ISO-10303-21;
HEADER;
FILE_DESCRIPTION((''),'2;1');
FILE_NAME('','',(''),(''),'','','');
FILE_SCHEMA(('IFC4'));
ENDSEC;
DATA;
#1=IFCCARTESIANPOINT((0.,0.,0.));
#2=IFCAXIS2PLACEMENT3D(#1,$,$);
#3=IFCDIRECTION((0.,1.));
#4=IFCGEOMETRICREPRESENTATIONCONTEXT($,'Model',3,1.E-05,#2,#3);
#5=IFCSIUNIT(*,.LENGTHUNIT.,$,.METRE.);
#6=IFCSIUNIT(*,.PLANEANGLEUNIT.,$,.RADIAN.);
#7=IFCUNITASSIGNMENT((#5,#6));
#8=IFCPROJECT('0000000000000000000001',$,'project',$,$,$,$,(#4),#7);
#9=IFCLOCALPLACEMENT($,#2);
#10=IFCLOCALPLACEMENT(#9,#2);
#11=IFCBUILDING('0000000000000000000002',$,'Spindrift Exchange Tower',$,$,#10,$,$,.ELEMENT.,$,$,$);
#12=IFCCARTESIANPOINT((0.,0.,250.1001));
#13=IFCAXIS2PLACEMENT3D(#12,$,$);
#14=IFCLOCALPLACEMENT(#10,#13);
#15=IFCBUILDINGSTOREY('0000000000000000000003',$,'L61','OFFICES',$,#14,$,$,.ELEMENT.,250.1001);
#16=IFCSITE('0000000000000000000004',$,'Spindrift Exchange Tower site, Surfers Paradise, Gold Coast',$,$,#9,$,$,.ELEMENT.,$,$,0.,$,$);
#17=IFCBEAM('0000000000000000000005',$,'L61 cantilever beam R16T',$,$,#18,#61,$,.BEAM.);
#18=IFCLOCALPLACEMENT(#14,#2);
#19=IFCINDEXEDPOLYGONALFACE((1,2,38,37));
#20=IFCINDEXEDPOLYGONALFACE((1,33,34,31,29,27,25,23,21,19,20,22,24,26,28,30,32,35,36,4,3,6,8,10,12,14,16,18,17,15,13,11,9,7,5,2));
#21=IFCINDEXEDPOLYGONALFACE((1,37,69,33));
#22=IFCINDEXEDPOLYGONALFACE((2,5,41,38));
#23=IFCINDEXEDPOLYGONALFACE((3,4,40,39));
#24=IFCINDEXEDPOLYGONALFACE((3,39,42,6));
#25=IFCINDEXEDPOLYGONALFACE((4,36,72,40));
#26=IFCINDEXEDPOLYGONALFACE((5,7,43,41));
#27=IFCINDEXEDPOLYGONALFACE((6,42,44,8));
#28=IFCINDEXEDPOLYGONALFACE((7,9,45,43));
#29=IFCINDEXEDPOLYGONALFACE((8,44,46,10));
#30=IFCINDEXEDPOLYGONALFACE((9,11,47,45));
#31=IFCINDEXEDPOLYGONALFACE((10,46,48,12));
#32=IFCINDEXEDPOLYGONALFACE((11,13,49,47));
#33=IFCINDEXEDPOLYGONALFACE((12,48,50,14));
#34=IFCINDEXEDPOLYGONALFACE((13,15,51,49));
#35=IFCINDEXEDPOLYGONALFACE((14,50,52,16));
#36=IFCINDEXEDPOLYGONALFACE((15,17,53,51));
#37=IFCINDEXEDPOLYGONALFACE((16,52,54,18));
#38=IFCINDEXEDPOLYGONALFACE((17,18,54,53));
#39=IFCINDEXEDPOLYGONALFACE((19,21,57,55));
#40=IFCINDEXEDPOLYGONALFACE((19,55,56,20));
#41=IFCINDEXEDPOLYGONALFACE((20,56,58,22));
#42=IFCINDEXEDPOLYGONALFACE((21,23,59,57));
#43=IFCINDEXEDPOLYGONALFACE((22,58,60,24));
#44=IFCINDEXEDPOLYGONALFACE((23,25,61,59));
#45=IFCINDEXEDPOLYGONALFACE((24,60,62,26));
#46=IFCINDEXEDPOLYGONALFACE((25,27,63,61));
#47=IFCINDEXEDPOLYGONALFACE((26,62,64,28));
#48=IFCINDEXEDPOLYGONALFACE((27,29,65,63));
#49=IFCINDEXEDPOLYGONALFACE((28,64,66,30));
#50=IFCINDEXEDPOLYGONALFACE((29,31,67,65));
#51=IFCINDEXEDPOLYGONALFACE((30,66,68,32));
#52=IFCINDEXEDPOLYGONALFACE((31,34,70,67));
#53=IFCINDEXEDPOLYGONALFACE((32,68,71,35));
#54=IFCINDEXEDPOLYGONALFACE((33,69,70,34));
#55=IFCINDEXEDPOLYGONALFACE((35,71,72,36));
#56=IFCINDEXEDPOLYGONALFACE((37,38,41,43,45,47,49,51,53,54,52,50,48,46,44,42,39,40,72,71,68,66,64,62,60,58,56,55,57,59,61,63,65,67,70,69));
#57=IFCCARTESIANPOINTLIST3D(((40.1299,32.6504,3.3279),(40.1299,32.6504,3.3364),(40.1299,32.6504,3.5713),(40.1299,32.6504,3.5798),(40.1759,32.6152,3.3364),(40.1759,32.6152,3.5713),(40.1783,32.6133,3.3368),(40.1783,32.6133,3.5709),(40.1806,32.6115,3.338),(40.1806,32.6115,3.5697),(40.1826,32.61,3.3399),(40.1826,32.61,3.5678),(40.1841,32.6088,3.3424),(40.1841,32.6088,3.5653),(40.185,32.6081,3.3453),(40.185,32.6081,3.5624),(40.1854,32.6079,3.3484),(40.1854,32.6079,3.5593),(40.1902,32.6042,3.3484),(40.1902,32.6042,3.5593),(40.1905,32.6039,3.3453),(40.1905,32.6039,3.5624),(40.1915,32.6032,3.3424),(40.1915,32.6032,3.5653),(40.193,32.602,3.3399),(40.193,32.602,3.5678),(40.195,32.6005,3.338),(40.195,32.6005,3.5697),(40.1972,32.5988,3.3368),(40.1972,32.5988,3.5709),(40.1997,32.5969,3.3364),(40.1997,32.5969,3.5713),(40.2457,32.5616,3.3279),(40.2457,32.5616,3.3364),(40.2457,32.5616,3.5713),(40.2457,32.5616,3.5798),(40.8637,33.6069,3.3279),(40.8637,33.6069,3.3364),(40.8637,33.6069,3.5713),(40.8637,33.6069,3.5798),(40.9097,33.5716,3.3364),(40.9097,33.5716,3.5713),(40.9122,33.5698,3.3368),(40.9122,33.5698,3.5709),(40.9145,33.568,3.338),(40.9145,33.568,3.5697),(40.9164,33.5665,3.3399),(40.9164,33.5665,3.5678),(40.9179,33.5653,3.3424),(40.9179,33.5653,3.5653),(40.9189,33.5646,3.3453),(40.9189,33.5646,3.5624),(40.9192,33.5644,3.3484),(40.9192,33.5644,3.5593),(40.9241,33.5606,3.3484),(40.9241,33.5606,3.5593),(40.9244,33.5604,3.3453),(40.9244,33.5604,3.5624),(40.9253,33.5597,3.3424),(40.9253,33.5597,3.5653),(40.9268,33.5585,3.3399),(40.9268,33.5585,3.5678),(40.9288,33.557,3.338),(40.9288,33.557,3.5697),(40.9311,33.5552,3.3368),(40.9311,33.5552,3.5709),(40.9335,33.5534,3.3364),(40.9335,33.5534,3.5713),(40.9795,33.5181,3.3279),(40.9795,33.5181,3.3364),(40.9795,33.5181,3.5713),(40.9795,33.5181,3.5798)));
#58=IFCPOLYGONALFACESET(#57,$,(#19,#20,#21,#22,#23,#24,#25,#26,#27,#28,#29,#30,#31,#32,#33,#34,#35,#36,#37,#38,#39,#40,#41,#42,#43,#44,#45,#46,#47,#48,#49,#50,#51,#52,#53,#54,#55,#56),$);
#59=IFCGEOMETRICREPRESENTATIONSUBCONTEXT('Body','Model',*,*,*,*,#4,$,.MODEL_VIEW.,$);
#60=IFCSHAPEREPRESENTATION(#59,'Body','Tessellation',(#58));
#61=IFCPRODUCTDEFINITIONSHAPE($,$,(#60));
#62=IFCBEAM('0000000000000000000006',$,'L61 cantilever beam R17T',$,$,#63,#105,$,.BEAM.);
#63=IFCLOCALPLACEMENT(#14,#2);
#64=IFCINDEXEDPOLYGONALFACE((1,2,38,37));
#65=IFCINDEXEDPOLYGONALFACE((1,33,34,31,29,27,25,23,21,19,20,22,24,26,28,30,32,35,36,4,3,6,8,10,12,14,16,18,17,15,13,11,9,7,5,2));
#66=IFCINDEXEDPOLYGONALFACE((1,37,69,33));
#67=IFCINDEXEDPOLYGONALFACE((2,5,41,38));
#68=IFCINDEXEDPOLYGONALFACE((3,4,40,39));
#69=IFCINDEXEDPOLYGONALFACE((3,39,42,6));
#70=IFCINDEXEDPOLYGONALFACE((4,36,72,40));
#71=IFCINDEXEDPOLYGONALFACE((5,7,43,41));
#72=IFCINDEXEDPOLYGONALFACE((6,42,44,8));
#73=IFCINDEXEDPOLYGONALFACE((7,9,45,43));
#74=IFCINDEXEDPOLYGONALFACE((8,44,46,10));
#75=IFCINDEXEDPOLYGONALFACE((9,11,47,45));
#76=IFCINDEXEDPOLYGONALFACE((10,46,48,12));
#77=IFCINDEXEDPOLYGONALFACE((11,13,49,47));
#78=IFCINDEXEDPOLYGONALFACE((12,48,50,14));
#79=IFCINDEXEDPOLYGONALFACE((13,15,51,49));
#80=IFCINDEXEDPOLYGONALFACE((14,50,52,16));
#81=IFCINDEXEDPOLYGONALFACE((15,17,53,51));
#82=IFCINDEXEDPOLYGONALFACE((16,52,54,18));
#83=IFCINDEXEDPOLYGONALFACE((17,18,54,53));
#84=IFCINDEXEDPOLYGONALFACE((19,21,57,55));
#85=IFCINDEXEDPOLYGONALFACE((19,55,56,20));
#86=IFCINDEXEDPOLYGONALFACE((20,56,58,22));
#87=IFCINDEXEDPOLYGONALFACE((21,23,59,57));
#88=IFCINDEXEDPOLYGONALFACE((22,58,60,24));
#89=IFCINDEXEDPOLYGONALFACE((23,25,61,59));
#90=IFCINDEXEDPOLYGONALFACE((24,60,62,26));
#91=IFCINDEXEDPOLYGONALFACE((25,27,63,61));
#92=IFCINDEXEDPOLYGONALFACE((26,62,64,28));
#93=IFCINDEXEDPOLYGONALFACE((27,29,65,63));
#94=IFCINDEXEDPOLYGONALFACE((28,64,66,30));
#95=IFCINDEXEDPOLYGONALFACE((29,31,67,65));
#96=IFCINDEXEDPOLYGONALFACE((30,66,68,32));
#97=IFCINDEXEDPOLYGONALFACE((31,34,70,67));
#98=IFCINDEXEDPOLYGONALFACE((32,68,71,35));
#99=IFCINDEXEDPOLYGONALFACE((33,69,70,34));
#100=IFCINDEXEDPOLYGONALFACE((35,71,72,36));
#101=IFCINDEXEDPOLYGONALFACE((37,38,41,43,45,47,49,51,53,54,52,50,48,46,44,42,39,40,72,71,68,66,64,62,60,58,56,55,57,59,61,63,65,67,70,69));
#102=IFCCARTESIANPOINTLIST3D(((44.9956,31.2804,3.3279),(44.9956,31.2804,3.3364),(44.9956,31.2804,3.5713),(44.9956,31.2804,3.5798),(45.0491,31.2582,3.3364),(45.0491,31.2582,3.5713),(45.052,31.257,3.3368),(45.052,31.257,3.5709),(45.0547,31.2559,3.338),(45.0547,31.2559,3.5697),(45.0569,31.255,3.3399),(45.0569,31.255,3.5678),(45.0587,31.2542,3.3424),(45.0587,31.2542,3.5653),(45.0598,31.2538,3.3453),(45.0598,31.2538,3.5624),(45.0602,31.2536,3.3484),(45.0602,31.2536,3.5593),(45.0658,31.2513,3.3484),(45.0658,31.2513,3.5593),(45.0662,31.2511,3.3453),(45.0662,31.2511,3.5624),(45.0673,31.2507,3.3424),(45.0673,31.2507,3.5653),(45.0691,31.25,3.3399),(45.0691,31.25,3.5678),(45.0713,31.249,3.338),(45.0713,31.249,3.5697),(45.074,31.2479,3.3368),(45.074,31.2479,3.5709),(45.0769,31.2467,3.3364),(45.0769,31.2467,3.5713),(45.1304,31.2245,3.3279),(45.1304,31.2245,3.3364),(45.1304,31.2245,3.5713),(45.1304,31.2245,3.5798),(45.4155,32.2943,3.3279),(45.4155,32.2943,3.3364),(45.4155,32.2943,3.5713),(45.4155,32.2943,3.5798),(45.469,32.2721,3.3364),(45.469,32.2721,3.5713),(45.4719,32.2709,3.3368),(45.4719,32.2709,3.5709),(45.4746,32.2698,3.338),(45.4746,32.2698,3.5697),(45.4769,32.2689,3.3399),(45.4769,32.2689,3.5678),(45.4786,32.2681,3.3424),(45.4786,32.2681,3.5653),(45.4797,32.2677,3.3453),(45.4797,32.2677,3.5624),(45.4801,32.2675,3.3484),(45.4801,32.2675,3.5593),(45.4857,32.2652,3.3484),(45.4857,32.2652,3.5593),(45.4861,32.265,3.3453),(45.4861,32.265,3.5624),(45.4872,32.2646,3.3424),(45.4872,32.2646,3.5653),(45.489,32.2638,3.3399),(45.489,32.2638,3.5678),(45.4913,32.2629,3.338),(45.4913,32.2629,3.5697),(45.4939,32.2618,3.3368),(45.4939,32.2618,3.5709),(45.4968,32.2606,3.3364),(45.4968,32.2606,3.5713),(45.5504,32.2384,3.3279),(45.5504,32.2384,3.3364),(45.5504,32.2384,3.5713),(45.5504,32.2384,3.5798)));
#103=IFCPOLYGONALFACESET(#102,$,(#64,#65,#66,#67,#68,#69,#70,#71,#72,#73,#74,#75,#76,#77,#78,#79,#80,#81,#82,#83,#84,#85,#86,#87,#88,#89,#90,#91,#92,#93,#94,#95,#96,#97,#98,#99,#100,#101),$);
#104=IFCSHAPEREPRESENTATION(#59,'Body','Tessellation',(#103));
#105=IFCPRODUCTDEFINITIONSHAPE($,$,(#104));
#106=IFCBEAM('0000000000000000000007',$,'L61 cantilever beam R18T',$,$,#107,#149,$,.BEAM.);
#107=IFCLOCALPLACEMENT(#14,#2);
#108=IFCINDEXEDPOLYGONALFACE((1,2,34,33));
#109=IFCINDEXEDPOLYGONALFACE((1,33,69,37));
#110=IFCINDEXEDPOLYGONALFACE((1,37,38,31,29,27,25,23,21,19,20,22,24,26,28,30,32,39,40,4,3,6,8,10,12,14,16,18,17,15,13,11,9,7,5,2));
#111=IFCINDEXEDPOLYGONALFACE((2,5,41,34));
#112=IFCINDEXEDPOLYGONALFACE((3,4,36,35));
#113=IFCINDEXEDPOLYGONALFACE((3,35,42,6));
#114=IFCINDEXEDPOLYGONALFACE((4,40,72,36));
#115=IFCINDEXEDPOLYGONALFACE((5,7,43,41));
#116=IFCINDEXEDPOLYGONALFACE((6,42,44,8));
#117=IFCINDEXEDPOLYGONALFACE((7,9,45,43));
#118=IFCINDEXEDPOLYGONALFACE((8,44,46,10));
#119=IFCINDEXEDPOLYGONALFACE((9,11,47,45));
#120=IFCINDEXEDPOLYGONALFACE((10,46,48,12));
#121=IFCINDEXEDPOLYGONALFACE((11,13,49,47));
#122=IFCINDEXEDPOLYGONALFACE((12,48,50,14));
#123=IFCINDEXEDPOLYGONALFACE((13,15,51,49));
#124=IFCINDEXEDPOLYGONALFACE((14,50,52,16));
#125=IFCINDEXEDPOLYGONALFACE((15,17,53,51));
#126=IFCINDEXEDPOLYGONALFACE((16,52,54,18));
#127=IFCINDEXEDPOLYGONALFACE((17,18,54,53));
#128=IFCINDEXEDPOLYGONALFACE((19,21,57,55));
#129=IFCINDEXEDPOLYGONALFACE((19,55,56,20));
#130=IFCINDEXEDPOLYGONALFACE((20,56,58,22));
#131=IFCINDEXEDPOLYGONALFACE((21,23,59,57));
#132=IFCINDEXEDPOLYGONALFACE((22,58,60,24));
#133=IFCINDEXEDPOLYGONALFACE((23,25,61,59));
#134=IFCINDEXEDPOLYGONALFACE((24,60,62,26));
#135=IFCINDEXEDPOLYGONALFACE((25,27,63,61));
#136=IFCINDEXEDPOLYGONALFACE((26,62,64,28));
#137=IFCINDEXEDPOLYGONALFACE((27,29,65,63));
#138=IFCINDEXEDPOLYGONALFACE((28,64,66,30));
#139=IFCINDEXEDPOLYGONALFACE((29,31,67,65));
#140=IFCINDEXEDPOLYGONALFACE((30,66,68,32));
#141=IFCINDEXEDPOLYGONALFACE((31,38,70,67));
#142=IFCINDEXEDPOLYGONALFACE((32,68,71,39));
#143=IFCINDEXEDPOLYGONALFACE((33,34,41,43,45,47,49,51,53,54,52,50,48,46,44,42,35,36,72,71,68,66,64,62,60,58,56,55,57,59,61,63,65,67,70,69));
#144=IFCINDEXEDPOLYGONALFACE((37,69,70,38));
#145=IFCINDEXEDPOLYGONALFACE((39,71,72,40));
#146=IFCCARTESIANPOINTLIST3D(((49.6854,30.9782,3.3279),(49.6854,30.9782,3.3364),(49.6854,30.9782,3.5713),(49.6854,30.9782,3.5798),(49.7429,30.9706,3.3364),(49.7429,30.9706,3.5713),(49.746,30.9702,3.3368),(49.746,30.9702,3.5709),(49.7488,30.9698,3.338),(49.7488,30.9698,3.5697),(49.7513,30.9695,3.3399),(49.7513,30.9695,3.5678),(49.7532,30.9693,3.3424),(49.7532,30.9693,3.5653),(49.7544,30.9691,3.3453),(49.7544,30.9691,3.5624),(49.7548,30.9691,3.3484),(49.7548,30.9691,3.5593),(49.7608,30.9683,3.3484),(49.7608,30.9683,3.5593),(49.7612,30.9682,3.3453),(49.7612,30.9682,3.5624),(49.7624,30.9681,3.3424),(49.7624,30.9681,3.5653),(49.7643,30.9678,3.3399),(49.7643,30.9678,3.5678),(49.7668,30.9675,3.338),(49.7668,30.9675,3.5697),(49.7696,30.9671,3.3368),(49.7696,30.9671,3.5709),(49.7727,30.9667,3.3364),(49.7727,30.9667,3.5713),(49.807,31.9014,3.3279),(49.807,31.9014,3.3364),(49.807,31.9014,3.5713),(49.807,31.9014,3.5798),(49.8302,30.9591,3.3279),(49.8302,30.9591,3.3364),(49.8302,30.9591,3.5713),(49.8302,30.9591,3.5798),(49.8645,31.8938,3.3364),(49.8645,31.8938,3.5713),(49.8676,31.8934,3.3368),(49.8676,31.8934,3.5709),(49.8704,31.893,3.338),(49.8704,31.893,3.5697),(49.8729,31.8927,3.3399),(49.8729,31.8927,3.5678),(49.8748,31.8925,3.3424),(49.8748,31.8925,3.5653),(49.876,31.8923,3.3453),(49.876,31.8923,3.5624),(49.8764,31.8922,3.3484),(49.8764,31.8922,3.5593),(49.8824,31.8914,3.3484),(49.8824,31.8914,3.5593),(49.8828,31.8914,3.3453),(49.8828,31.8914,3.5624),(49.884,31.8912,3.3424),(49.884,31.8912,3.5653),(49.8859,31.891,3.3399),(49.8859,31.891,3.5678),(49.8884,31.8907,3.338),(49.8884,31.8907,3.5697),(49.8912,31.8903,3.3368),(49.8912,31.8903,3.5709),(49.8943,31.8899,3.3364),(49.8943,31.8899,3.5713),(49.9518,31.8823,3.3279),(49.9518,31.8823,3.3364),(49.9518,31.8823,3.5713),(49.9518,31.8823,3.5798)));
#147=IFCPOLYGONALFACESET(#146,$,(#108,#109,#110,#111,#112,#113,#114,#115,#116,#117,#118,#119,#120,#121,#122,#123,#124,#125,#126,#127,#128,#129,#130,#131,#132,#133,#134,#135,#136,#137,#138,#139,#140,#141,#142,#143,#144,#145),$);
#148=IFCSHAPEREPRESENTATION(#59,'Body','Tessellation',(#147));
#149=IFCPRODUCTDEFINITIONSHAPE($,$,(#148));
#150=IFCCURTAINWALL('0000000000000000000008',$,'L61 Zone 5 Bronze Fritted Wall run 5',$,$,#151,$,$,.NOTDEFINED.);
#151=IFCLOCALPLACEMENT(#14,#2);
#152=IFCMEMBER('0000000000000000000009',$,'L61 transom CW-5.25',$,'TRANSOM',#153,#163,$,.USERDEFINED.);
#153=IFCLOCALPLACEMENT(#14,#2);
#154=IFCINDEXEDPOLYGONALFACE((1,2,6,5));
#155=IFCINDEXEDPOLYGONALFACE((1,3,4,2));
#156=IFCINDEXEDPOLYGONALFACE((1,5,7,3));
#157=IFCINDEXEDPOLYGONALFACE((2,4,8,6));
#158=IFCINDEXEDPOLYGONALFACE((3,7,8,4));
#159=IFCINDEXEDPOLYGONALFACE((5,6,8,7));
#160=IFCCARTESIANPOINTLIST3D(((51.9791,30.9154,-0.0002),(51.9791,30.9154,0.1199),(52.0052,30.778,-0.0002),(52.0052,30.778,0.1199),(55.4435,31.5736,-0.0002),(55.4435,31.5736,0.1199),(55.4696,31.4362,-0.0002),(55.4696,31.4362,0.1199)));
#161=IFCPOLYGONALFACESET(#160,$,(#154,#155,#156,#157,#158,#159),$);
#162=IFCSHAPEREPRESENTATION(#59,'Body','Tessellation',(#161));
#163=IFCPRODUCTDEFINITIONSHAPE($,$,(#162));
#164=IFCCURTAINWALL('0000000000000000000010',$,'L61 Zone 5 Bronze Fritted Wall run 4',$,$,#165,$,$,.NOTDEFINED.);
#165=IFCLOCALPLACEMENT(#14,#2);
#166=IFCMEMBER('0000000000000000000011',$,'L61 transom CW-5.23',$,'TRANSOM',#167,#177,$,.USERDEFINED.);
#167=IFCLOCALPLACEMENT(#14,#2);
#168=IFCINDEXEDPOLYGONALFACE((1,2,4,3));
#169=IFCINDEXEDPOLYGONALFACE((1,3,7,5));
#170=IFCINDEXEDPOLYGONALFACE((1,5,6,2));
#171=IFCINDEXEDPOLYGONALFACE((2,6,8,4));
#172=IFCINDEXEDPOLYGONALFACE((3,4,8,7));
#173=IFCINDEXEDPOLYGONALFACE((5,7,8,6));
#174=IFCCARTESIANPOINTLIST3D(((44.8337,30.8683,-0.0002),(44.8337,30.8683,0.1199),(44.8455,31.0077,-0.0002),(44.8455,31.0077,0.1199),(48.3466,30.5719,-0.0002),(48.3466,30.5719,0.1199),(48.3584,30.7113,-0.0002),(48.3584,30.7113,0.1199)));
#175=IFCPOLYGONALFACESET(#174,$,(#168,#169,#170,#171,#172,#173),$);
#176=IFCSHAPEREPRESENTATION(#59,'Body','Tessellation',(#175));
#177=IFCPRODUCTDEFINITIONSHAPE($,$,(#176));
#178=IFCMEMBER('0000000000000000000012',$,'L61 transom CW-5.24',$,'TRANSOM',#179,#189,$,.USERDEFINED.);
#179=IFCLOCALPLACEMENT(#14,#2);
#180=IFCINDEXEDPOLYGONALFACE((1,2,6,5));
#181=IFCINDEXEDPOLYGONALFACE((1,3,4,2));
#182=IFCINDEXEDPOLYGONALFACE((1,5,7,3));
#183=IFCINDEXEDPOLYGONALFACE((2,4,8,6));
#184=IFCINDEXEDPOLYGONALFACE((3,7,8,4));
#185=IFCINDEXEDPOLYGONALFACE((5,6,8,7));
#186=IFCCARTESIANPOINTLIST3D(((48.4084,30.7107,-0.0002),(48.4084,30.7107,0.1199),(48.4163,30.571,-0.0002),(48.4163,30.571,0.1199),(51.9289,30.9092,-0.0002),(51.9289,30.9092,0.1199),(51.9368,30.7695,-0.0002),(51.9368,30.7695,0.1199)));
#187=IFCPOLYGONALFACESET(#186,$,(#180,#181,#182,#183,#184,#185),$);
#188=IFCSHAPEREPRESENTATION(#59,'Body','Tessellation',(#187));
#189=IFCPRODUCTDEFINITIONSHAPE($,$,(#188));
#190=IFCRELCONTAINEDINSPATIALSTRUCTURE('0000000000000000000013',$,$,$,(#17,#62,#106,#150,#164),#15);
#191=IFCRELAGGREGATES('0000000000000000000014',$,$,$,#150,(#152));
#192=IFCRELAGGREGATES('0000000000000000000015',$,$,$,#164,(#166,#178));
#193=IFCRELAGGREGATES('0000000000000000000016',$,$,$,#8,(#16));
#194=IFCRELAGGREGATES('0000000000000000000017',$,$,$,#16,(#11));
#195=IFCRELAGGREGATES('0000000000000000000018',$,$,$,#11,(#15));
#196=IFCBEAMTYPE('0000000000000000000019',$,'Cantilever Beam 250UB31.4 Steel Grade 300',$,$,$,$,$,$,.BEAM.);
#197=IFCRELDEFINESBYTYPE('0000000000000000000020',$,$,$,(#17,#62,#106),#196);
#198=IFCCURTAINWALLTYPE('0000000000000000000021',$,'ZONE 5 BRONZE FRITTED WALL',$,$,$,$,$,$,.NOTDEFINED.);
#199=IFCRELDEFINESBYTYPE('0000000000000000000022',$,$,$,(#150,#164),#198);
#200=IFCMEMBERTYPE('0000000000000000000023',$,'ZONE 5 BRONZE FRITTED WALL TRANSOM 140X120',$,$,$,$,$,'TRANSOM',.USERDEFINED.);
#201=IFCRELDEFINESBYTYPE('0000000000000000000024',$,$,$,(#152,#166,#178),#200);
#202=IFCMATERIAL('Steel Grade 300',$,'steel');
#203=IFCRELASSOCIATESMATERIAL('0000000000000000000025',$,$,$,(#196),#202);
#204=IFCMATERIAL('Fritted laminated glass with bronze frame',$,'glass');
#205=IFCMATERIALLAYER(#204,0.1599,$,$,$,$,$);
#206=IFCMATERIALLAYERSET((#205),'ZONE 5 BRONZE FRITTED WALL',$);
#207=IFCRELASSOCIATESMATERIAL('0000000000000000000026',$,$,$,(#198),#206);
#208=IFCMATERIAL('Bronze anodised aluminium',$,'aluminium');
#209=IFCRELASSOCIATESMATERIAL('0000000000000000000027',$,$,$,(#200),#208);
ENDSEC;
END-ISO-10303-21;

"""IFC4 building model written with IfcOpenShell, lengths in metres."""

from ifc_helpers import new_model, si_unit, direction, frame, origin, origin_2d, place, context, subcontext, project, spatial, rectangle, i_section, extrude, source, transform, mapped, material, layer, layer_set, material_profile, profile_set, type_object, element, aggregate, save


model = new_model("IFC4")

# Units and contexts
model_context = context("Model", 3, precision=1e-05, world=origin(), true_north=direction((0.0, 1.0)))
body_context = subcontext(model_context, "Body", "Model", "MODEL_VIEW")
ifc_project = project(units=[si_unit("LENGTHUNIT", "METRE"), si_unit("PLANEANGLEUNIT", "RADIAN")], contexts=[model_context])

# Site, building, storey
site_placement = place(None, origin())
site = spatial("IfcSite", under=ifc_project, at=site_placement, Name="Spindrift Exchange Tower site, Surfers Paradise, Gold Coast", CompositionType="ELEMENT", RefElevation=0.0)
building_placement = place(site_placement, origin())
building = spatial("IfcBuilding", under=site, at=building_placement, Name="Spindrift Exchange Tower", CompositionType="ELEMENT")
storey_placement = place(building_placement, frame((0.0, 0.0, 250.1001)))
storey = spatial("IfcBuildingStorey", under=building, at=storey_placement, Name="L61", Description="OFFICES", CompositionType="ELEMENT", Elevation=250.1001)

# Beams
ifc_material_1 = material(Name="Steel Grade 300", Category="steel")
ifc_material_profile_1 = material_profile(ifc_material_1, i_section(OverallWidth=0.146, OverallDepth=0.252, WebThickness=0.0061, FlangeThickness=0.0085, FilletRadius=0.012, at=origin_2d()), Name="250UB31.4")
ifc_profile_set_1 = profile_set([ifc_material_profile_1], Name="Steel Grade 300")
beam_type_1 = type_object("IfcBeamType", Name="Cantilever Beam 250UB31.4 Steel Grade 300", PredefinedType="BEAM", material=ifc_profile_set_1)
shared_shape_1 = source(origin(), body_context, "Body", "SweptSolid", [
    extrude(i_section(OverallWidth=0.146, OverallDepth=0.252, WebThickness=0.0061, FlangeThickness=0.0085, FilletRadius=0.012, at=origin_2d()), origin(), (0.0, 0.0, 1.0), 1.2056),
])
beam_1_placement = place(storey_placement, frame((40.9216, 33.5625, 3.4539), z_axis=(-0.608712, -0.793391, 0.0), x_axis=(0.793391, -0.608712, 0.0)))
element("IfcBeam", 1, at=beam_1_placement, inside=storey, type_object=beam_type_1, Name="L61 cantilever beam R16T", PredefinedType="BEAM", context=body_context, shape_type="MappedRepresentation", body=[
    mapped(shared_shape_1, transform((0.0, 0.0, 0.0), scale=1.0)),
])
shared_shape_2 = source(origin(), body_context, "Body", "SweptSolid", [
    extrude(i_section(OverallWidth=0.146, OverallDepth=0.252, WebThickness=0.0061, FlangeThickness=0.0085, FilletRadius=0.012, at=origin_2d()), origin(), (0.0, 0.0, 1.0), 1.0974),
])
beam_2_placement = place(storey_placement, frame((45.4829, 32.2664, 3.4539), z_axis=(-0.38264, -0.923898, 0.0), x_axis=(0.923898, -0.38264, 0.0)))
element("IfcBeam", 2, at=beam_2_placement, inside=storey, type_object=beam_type_1, Name="L61 cantilever beam R17T", PredefinedType="BEAM", context=body_context, shape_type="MappedRepresentation", body=[
    mapped(shared_shape_2, transform((0.0, 0.0, 0.0), scale=1.0)),
])
shared_shape_3 = source(origin(), body_context, "Body", "SweptSolid", [
    extrude(i_section(OverallWidth=0.146, OverallDepth=0.252, WebThickness=0.0061, FlangeThickness=0.0085, FilletRadius=0.012, at=origin_2d()), origin(), (0.0, 0.0, 1.0), 0.9312),
])
beam_3_placement = place(storey_placement, frame((49.8794, 31.8918, 3.4539), z_axis=(-0.130583, -0.991437, 0.0), x_axis=(0.991437, -0.130583, 0.0)))
element("IfcBeam", 3, at=beam_3_placement, inside=storey, type_object=beam_type_1, Name="L61 cantilever beam R18T", PredefinedType="BEAM", context=body_context, shape_type="MappedRepresentation", body=[
    mapped(shared_shape_3, transform((0.0, 0.0, 0.0), scale=1.0)),
])

# Curtain wall, member
ifc_material_2 = material(Name="Fritted laminated glass with bronze frame", Category="glass")
ifc_layer_1 = layer(ifc_material_2, 0.1599)
ifc_layer_set_1 = layer_set([ifc_layer_1], Name="ZONE 5 BRONZE FRITTED WALL")
curtain_wall_type = type_object("IfcCurtainWallType", Name="ZONE 5 BRONZE FRITTED WALL", PredefinedType="NOTDEFINED", material=ifc_layer_set_1)
curtain_wall_1_placement = place(storey_placement, origin())
curtain_wall_1 = element("IfcCurtainWall", 4, at=curtain_wall_1_placement, inside=storey, type_object=curtain_wall_type, Name="L61 Zone 5 Bronze Fritted Wall run 5", PredefinedType="NOTDEFINED")
ifc_material_3 = material(Name="Bronze anodised aluminium", Category="aluminium")
ifc_material_profile_2 = material_profile(ifc_material_3, rectangle(XDim=0.1399, YDim=0.1201, at=origin_2d()), Name="ZONE 5 BRONZE FRITTED WALL TRANSOM 140X120")
ifc_profile_set_2 = profile_set([ifc_material_profile_2], Name="Bronze anodised aluminium")
member_type_1 = type_object("IfcMemberType", Name="ZONE 5 BRONZE FRITTED WALL TRANSOM 140X120", ElementType="TRANSOM", PredefinedType="USERDEFINED", material=ifc_profile_set_2)
shared_shape_4 = source(origin(), body_context, "Body", "SweptSolid", [
    extrude(rectangle(XDim=0.1399, YDim=0.1201, at=origin_2d()), origin(), (0.0, 0.0, 1.0), 3.5264),
])
member_1_placement = place(storey_placement, frame((51.9922, 30.8467, 0.0598), z_axis=(0.982426, 0.186654, 0.0), x_axis=(-0.186654, 0.982426, 0.0)))
member_1 = element("IfcMember", 5, at=member_1_placement, type_object=member_type_1, Name="L61 transom CW-5.25", ObjectType="TRANSOM", PredefinedType="USERDEFINED", context=body_context, shape_type="MappedRepresentation", body=[
    mapped(shared_shape_4, transform((0.0, 0.0, 0.0), scale=1.0)),
])

# Curtain wall, members
curtain_wall_2_placement = place(storey_placement, origin())
curtain_wall_2 = element("IfcCurtainWall", 6, at=curtain_wall_2_placement, inside=storey, type_object=curtain_wall_type, Name="L61 Zone 5 Bronze Fritted Wall run 4", PredefinedType="NOTDEFINED")
shared_shape_5 = source(origin(), body_context, "Body", "SweptSolid", [
    extrude(rectangle(XDim=0.1399, YDim=0.1201, at=origin_2d()), origin(), (0.0, 0.0, 1.0), 3.5254),
])
member_2_placement = place(storey_placement, frame((44.8396, 30.938, 0.0598), z_axis=(0.99646, -0.084071, 0.0), x_axis=(0.084071, 0.99646, 0.0)))
member_2 = element("IfcMember", 7, at=member_2_placement, type_object=member_type_1, Name="L61 transom CW-5.23", ObjectType="TRANSOM", PredefinedType="USERDEFINED", context=body_context, shape_type="MappedRepresentation", body=[
    mapped(shared_shape_5, transform((0.0, 0.0, 0.0), scale=1.0)),
])
shared_shape_6 = source(origin(), body_context, "Body", "SweptSolid", [
    extrude(rectangle(XDim=0.1399, YDim=0.1201, at=origin_2d()), origin(), (0.0, 0.0, 1.0), 3.5261),
])
member_3_placement = place(storey_placement, frame((48.4124, 30.6409, 0.0598), z_axis=(0.998414, 0.056291, 0.0), x_axis=(-0.056291, 0.998414, 0.0)))
member_3 = element("IfcMember", 8, at=member_3_placement, type_object=member_type_1, Name="L61 transom CW-5.24", ObjectType="TRANSOM", PredefinedType="USERDEFINED", context=body_context, shape_type="MappedRepresentation", body=[
    mapped(shared_shape_6, transform((0.0, 0.0, 0.0), scale=1.0)),
])

aggregate(curtain_wall_1, [member_1])

aggregate(curtain_wall_2, [member_2, member_3])

save(model, "model.ifc")
